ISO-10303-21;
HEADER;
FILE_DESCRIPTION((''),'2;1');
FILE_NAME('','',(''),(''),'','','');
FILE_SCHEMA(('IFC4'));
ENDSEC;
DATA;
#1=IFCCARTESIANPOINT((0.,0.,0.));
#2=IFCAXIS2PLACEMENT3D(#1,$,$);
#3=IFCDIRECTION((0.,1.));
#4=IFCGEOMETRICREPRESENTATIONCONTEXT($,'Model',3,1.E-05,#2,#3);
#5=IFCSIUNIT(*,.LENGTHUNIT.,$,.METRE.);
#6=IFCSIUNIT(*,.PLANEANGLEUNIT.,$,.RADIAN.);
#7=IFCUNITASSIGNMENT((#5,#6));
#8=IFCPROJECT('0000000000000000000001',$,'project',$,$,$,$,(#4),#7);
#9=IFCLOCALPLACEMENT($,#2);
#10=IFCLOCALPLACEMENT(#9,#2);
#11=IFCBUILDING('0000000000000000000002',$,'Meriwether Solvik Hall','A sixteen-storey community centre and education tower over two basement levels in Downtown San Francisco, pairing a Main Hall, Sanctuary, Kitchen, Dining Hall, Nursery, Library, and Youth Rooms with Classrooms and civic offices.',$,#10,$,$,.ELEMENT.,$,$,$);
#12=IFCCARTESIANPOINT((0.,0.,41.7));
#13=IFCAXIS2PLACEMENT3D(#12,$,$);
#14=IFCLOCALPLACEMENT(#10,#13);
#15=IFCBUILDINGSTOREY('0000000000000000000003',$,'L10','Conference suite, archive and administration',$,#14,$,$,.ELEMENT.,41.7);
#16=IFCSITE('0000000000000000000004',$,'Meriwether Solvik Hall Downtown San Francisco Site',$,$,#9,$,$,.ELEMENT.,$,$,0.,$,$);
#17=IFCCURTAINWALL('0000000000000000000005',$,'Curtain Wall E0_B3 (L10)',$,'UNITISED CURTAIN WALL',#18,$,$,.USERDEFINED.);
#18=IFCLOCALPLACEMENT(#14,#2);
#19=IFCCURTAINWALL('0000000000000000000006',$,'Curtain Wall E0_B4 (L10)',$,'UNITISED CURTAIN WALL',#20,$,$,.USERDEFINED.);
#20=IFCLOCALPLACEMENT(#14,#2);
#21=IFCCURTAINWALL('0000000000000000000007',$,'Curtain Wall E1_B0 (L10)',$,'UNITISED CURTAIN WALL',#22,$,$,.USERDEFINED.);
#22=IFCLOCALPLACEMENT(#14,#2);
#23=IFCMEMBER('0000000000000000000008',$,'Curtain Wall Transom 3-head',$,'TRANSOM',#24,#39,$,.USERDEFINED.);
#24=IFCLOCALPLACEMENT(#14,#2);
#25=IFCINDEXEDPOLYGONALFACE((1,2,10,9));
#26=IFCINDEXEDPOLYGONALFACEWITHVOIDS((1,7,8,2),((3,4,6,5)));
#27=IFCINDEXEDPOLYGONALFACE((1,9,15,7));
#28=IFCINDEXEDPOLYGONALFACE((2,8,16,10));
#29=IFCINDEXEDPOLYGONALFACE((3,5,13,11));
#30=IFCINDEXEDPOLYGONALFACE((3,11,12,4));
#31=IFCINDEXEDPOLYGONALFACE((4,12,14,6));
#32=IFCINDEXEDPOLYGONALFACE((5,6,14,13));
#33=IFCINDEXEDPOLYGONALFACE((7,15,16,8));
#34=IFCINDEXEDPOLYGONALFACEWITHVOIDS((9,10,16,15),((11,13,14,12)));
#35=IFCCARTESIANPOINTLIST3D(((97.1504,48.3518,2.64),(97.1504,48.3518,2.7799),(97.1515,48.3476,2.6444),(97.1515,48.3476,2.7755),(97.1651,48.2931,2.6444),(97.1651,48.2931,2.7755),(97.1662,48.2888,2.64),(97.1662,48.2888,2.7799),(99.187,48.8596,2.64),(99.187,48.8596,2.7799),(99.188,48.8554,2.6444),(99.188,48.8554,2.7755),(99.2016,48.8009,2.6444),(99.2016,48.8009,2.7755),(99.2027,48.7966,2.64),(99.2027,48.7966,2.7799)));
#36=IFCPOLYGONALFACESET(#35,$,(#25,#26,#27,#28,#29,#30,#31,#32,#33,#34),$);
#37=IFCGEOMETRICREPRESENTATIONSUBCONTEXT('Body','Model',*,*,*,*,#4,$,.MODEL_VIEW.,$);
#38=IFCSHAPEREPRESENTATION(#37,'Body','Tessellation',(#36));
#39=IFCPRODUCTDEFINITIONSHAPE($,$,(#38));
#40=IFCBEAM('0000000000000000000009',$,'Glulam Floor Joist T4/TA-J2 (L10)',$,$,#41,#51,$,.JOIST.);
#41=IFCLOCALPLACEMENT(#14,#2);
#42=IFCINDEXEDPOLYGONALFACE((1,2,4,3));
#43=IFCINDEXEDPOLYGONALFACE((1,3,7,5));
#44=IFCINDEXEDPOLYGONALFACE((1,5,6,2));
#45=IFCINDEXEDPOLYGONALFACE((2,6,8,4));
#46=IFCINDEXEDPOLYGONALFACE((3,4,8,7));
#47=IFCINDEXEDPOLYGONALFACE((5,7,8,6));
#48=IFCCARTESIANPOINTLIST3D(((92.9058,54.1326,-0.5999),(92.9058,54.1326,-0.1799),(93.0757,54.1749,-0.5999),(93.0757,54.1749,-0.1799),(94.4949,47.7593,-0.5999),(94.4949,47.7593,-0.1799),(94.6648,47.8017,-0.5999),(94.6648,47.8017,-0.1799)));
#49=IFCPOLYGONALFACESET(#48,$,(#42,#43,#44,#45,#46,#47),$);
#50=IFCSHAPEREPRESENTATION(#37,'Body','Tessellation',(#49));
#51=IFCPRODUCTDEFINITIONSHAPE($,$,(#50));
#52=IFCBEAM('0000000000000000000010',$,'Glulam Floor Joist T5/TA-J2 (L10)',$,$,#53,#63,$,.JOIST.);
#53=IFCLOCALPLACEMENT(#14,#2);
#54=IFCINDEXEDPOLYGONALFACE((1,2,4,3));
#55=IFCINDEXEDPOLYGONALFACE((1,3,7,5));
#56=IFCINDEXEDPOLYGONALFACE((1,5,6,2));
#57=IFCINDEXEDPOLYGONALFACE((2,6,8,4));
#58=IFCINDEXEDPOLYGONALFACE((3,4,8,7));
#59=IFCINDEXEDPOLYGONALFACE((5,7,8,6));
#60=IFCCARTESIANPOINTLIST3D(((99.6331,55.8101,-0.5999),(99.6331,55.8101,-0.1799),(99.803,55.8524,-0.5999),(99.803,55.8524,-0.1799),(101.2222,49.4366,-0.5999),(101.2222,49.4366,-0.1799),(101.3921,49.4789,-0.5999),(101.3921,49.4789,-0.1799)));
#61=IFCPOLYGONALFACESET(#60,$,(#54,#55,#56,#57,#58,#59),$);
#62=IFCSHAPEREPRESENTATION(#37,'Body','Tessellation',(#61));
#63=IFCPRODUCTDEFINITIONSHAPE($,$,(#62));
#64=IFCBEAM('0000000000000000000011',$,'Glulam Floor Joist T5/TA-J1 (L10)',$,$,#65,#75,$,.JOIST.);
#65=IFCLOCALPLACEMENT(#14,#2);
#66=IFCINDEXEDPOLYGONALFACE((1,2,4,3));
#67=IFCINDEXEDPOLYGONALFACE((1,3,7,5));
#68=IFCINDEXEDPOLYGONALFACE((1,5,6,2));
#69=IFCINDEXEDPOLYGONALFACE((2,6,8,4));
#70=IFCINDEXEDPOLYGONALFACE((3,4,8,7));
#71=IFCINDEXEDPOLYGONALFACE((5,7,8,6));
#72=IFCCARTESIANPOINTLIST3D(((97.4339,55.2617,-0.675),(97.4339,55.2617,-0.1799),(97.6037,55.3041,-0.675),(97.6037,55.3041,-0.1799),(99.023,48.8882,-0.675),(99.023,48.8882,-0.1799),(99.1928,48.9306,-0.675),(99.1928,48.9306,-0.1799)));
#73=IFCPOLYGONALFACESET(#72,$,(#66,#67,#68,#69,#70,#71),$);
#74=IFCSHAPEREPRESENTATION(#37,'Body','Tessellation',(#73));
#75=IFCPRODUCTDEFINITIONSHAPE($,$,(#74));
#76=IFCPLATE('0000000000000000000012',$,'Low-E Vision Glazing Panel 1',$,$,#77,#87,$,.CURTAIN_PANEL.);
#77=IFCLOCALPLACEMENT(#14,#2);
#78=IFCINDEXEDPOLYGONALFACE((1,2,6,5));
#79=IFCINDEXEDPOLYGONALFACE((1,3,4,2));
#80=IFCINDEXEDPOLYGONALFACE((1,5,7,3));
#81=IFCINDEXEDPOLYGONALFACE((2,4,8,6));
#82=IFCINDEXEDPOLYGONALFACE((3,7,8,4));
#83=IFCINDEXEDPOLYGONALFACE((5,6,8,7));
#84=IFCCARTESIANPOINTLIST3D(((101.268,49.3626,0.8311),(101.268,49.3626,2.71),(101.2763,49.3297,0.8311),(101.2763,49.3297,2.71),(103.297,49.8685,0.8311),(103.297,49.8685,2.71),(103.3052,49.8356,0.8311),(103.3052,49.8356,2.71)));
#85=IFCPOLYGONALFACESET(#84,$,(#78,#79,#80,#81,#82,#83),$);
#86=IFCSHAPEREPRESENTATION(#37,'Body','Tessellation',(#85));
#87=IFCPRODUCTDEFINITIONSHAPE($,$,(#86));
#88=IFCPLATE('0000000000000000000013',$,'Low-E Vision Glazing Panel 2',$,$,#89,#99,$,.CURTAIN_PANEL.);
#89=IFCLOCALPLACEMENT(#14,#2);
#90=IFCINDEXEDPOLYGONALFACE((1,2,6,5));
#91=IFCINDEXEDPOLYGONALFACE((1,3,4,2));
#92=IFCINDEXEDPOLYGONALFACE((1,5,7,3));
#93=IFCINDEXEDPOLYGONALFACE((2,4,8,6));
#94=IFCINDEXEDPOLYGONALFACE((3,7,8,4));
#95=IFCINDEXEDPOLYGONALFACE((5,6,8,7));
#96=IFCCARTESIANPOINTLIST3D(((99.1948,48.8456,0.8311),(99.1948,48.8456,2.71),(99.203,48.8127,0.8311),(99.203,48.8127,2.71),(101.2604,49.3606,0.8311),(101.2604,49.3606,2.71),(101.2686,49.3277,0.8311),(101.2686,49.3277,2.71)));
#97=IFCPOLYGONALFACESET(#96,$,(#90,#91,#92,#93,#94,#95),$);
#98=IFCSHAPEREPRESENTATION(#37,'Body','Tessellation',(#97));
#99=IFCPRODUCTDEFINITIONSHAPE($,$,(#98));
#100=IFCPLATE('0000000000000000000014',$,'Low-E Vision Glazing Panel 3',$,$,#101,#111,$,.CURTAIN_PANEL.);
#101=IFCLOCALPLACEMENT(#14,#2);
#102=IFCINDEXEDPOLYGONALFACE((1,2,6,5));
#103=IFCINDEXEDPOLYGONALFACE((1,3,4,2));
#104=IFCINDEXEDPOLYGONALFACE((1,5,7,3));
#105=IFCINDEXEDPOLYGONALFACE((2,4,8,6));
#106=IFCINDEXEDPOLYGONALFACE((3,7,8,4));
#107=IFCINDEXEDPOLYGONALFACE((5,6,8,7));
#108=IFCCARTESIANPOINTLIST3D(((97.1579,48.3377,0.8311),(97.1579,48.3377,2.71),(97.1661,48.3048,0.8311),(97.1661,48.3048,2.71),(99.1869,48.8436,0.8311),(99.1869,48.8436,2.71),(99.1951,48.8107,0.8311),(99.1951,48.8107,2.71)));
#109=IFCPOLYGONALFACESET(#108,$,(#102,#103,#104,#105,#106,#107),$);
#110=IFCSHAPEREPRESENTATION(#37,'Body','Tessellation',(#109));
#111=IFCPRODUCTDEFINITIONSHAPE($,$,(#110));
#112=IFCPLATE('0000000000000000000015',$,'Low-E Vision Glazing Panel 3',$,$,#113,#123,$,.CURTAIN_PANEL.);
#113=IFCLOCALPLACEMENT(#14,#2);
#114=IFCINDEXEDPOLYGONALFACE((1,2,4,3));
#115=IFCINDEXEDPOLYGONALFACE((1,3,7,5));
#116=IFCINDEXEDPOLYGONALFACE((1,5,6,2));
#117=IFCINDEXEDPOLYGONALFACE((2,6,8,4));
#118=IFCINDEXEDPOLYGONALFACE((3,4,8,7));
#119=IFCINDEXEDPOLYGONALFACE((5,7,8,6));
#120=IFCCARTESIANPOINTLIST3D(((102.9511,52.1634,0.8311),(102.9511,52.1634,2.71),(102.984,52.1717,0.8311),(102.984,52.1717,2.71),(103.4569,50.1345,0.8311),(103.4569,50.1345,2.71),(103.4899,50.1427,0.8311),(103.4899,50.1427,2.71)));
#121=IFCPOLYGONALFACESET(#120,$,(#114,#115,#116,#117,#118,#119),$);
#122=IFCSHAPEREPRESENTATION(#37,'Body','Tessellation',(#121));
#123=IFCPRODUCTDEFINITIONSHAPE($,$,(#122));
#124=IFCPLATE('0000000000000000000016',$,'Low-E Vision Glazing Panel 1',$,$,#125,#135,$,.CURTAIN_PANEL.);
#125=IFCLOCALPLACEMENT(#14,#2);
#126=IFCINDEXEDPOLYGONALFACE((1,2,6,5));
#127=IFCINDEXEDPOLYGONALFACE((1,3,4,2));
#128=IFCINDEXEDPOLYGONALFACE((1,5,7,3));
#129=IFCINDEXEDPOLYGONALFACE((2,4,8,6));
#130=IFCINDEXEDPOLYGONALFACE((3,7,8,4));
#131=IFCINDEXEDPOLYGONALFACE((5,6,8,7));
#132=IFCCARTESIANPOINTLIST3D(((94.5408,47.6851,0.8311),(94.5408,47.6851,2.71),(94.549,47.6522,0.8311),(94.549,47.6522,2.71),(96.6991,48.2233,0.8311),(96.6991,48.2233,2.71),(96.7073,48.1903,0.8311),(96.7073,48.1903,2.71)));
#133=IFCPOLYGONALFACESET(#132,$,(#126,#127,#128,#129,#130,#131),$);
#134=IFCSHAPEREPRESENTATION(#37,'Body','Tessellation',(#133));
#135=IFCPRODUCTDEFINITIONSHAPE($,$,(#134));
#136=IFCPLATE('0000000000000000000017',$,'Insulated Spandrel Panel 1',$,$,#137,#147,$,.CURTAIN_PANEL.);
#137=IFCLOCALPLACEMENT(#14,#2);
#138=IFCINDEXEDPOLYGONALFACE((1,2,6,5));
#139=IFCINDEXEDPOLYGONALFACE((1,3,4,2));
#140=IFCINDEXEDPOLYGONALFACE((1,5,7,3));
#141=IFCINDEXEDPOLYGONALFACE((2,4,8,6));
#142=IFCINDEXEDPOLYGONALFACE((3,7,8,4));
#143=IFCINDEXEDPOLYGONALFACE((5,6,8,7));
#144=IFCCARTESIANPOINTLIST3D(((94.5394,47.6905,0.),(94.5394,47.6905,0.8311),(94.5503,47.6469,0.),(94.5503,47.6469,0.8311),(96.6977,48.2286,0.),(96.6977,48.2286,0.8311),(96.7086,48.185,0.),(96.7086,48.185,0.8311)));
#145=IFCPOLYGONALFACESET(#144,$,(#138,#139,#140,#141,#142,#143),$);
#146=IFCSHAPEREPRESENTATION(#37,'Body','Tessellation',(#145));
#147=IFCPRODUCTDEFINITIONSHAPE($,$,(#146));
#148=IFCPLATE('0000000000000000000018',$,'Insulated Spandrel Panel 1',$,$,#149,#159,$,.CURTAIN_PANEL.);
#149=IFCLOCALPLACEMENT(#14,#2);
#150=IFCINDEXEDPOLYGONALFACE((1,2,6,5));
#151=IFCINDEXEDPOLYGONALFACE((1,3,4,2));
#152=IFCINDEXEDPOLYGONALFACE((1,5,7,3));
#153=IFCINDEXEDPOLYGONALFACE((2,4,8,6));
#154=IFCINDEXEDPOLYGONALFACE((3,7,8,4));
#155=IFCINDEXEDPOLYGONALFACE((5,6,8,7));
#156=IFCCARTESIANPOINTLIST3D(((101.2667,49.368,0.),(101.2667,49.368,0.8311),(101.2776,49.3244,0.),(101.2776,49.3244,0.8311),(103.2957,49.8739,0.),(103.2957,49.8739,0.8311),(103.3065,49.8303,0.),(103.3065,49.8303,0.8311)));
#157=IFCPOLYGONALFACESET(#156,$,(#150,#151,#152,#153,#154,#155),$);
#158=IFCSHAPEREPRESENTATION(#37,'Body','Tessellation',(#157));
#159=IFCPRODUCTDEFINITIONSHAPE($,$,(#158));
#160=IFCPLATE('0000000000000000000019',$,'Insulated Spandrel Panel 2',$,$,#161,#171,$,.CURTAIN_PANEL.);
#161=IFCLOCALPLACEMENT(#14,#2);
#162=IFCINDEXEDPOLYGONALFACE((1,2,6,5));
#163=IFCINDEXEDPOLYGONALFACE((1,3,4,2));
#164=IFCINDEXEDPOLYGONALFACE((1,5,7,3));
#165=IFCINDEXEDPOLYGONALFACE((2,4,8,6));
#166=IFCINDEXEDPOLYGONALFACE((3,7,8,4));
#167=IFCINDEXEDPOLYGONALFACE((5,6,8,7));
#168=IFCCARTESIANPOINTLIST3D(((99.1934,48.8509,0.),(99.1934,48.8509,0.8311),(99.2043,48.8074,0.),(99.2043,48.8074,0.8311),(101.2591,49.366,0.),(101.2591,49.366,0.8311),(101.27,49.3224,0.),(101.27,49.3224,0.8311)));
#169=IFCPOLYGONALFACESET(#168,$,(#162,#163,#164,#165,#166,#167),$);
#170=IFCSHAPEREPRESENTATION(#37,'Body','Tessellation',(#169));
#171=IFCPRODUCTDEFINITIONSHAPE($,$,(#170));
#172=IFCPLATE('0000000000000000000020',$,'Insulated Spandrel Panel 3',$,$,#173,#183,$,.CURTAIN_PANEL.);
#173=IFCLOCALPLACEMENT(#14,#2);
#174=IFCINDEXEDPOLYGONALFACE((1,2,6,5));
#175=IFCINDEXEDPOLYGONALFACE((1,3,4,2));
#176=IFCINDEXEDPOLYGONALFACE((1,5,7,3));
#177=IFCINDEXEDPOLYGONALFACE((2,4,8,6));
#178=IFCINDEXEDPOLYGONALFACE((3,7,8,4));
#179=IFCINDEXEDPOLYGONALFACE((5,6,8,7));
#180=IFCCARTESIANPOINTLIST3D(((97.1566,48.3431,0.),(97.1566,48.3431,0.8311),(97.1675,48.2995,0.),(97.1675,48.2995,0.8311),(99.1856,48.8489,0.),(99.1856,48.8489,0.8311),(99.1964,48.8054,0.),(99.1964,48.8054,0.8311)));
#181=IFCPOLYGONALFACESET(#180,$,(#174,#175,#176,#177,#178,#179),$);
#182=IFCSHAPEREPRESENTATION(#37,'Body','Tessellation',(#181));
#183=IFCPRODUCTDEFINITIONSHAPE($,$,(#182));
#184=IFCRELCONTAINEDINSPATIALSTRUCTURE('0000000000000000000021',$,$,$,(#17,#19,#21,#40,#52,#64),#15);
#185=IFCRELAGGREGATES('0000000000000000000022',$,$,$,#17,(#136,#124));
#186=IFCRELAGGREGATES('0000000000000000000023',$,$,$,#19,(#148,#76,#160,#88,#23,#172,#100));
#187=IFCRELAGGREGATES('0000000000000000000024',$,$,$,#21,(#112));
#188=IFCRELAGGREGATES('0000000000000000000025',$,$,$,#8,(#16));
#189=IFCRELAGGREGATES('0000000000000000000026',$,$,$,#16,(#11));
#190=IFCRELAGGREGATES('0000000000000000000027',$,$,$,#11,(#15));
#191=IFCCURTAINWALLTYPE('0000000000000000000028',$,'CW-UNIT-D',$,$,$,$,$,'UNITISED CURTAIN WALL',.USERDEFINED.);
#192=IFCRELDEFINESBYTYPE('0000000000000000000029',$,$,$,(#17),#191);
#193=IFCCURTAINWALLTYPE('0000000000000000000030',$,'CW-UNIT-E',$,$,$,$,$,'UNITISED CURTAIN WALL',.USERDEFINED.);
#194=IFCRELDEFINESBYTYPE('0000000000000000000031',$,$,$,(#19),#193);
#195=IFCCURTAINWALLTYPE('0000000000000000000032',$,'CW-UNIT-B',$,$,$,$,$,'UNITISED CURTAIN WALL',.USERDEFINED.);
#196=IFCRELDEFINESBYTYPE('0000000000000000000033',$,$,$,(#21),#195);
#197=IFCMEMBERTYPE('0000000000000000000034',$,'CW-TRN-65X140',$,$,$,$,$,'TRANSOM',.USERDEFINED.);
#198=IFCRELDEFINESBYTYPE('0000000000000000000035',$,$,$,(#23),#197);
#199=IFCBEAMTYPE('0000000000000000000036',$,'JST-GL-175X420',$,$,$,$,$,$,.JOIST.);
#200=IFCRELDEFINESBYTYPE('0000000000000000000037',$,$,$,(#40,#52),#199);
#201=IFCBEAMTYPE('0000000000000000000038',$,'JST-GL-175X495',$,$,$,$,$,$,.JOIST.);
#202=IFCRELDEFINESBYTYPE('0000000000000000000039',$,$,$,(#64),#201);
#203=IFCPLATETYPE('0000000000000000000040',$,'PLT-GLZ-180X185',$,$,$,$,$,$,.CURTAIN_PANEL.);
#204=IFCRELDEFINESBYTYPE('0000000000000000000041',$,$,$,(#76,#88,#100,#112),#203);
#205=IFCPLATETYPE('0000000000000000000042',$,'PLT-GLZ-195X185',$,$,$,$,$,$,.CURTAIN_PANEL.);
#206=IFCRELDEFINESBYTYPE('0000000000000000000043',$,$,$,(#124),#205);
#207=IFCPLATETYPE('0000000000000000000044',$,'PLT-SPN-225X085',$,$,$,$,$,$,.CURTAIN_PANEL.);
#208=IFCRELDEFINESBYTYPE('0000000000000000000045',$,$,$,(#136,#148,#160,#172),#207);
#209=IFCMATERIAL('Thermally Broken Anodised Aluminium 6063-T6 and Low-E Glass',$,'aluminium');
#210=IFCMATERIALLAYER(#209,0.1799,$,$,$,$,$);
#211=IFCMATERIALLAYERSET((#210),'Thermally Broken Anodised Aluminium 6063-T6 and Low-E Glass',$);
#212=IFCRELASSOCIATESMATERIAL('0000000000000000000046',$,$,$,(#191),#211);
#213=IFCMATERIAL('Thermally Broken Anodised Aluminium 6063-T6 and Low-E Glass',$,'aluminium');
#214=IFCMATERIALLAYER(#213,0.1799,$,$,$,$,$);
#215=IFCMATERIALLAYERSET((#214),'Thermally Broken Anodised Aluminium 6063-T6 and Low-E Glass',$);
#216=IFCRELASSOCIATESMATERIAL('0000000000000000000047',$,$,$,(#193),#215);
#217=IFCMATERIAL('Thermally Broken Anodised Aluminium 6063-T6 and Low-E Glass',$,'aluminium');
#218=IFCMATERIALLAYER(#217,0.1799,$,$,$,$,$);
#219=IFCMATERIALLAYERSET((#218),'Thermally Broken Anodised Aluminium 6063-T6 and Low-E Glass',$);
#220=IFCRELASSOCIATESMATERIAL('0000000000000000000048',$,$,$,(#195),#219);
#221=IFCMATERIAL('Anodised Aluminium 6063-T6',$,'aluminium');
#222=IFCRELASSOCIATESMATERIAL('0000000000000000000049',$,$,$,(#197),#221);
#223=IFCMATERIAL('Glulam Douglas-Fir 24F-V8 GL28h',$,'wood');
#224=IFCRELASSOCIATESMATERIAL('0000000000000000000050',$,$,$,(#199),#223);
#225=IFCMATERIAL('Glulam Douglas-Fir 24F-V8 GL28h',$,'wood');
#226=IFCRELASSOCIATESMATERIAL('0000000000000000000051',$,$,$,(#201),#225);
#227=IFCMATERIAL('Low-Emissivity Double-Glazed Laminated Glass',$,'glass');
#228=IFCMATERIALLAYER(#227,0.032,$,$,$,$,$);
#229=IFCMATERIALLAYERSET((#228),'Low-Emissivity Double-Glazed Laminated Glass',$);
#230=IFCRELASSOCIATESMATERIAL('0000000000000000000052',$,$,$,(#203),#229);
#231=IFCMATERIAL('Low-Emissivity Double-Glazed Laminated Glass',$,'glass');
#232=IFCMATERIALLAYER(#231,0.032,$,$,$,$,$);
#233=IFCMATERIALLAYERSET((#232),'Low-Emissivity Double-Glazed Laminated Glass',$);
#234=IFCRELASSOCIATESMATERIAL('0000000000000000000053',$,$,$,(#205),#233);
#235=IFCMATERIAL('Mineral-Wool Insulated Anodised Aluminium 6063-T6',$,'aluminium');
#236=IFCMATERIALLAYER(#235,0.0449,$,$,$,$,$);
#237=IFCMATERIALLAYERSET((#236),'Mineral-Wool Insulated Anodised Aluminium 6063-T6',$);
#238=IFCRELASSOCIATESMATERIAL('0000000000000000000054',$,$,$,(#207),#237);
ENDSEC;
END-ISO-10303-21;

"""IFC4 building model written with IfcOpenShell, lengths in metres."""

from ifc_helpers import new_model, si_unit, direction, frame, origin, origin_2d, place, context, subcontext, project, spatial, rectangle, hollow_rectangle, extrude, material, layer, layer_set, material_profile, profile_set, type_object, element, aggregate, save


model = new_model("IFC4")

# Units and contexts
model_context = context("Model", 3, precision=1e-05, world=origin(), true_north=direction((0.0, 1.0)))
body_context = subcontext(model_context, "Body", "Model", "MODEL_VIEW")
ifc_project = project(units=[si_unit("LENGTHUNIT", "METRE"), si_unit("PLANEANGLEUNIT", "RADIAN")], contexts=[model_context])

# Site, building, storey
site_placement = place(None, origin())
site = spatial("IfcSite", under=ifc_project, at=site_placement, Name="Meriwether Solvik Hall Downtown San Francisco Site", CompositionType="ELEMENT", RefElevation=0.0)
building_placement = place(site_placement, origin())
building = spatial("IfcBuilding", under=site, at=building_placement, Name="Meriwether Solvik Hall", Description="A sixteen-storey community centre and education tower over two basement levels in Downtown San Francisco, pairing a Main Hall, Sanctuary, Kitchen, Dining Hall, Nursery, Library, and Youth Rooms with Classrooms and civic offices.", CompositionType="ELEMENT")
storey_placement = place(building_placement, frame((0.0, 0.0, 41.7)))
storey = spatial("IfcBuildingStorey", under=building, at=storey_placement, Name="L10", Description="Conference suite, archive and administration", CompositionType="ELEMENT", Elevation=41.7)

# Curtain wall
ifc_material_1 = material(Name="Thermally Broken Anodised Aluminium 6063-T6 and Low-E Glass", Category="aluminium")
ifc_layer_1 = layer(ifc_material_1, 0.1799)
ifc_layer_set_1 = layer_set([ifc_layer_1], Name="Thermally Broken Anodised Aluminium 6063-T6 and Low-E Glass")
curtain_wall_type_1 = type_object("IfcCurtainWallType", Name="CW-UNIT-D", ElementType="UNITISED CURTAIN WALL", PredefinedType="USERDEFINED", material=ifc_layer_set_1)
curtain_wall_1_placement = place(storey_placement, origin())
curtain_wall_1 = element("IfcCurtainWall", 1, at=curtain_wall_1_placement, inside=storey, type_object=curtain_wall_type_1, Name="Curtain Wall E0_B3 (L10)", ObjectType="UNITISED CURTAIN WALL", PredefinedType="USERDEFINED")

# Curtain walls
ifc_material_2 = material(Name="Thermally Broken Anodised Aluminium 6063-T6 and Low-E Glass", Category="aluminium")
ifc_layer_2 = layer(ifc_material_2, 0.1799)
ifc_layer_set_2 = layer_set([ifc_layer_2], Name="Thermally Broken Anodised Aluminium 6063-T6 and Low-E Glass")
curtain_wall_type_2 = type_object("IfcCurtainWallType", Name="CW-UNIT-E", ElementType="UNITISED CURTAIN WALL", PredefinedType="USERDEFINED", material=ifc_layer_set_2)
curtain_wall_2_placement = place(storey_placement, origin())
curtain_wall_2 = element("IfcCurtainWall", 2, at=curtain_wall_2_placement, inside=storey, type_object=curtain_wall_type_2, Name="Curtain Wall E0_B4 (L10)", ObjectType="UNITISED CURTAIN WALL", PredefinedType="USERDEFINED")
ifc_material_3 = material(Name="Thermally Broken Anodised Aluminium 6063-T6 and Low-E Glass", Category="aluminium")
ifc_layer_3 = layer(ifc_material_3, 0.1799)
ifc_layer_set_3 = layer_set([ifc_layer_3], Name="Thermally Broken Anodised Aluminium 6063-T6 and Low-E Glass")
curtain_wall_type_3 = type_object("IfcCurtainWallType", Name="CW-UNIT-B", ElementType="UNITISED CURTAIN WALL", PredefinedType="USERDEFINED", material=ifc_layer_set_3)
curtain_wall_3_placement = place(storey_placement, origin())
curtain_wall_3 = element("IfcCurtainWall", 3, at=curtain_wall_3_placement, inside=storey, type_object=curtain_wall_type_3, Name="Curtain Wall E1_B0 (L10)", ObjectType="UNITISED CURTAIN WALL", PredefinedType="USERDEFINED")

# Member
ifc_material_4 = material(Name="Anodised Aluminium 6063-T6", Category="aluminium")
ifc_material_profile_1 = material_profile(ifc_material_4, hollow_rectangle(XDim=0.0649, YDim=0.1399, WallThickness=0.0044, at=origin_2d()), Name="CWT-65X140")
ifc_profile_set_1 = profile_set([ifc_material_profile_1], Name="Anodised Aluminium 6063-T6")
member_type_1 = type_object("IfcMemberType", Name="CW-TRN-65X140", ElementType="TRANSOM", PredefinedType="USERDEFINED", material=ifc_profile_set_1)
member_1_placement = place(storey_placement, frame((99.1948, 48.8281, 2.71), z_axis=(-0.970293, -0.241933, 0.0), x_axis=(0.241933, -0.970293, 0.0)))
member_1 = element("IfcMember", 4, at=member_1_placement, type_object=member_type_1, Name="Curtain Wall Transom 3-head", ObjectType="TRANSOM", PredefinedType="USERDEFINED", context=body_context, shape_type="SweptSolid", body=[
    extrude(hollow_rectangle(XDim=0.0649, YDim=0.1399, WallThickness=0.0044, at=origin_2d()), origin(), (0.0, 0.0, 1.0), 2.0989),
])

# Beams
ifc_material_5 = material(Name="Glulam Douglas-Fir 24F-V8 GL28h", Category="wood")
ifc_material_profile_2 = material_profile(ifc_material_5, rectangle(XDim=0.175, YDim=0.4199, at=origin_2d()), Name="GLJ-175X420")
ifc_profile_set_2 = profile_set([ifc_material_profile_2], Name="Glulam Douglas-Fir 24F-V8 GL28h")
beam_type_1 = type_object("IfcBeamType", Name="JST-GL-175X420", PredefinedType="JOIST", material=ifc_profile_set_2)
beam_1_placement = place(storey_placement, frame((94.5798, 47.7805, -0.3899), z_axis=(-0.241932, 0.970293, 0.0), x_axis=(-0.970293, -0.241932, 0.0)))
element("IfcBeam", 5, at=beam_1_placement, inside=storey, type_object=beam_type_1, Name="Glulam Floor Joist T4/TA-J2 (L10)", PredefinedType="JOIST", context=body_context, shape_type="SweptSolid", body=[
    extrude(rectangle(XDim=0.175, YDim=0.4199, at=origin_2d()), origin(), (0.0, 0.0, 1.0), 6.5684),
])
beam_2_placement = place(storey_placement, frame((101.3071, 49.4578, -0.3899), z_axis=(-0.241923, 0.970295, 0.0), x_axis=(-0.970295, -0.241923, 0.0)))
element("IfcBeam", 6, at=beam_2_placement, inside=storey, type_object=beam_type_1, Name="Glulam Floor Joist T5/TA-J2 (L10)", PredefinedType="JOIST", context=body_context, shape_type="SweptSolid", body=[
    extrude(rectangle(XDim=0.175, YDim=0.4199, at=origin_2d()), origin(), (0.0, 0.0, 1.0), 6.5686),
])
ifc_material_6 = material(Name="Glulam Douglas-Fir 24F-V8 GL28h", Category="wood")
ifc_material_profile_3 = material_profile(ifc_material_6, rectangle(XDim=0.175, YDim=0.4951, at=origin_2d()), Name="GLJ-175X495")
ifc_profile_set_3 = profile_set([ifc_material_profile_3], Name="Glulam Douglas-Fir 24F-V8 GL28h")
beam_type_2 = type_object("IfcBeamType", Name="JST-GL-175X495", PredefinedType="JOIST", material=ifc_profile_set_3)
beam_3_placement = place(storey_placement, frame((99.1079, 48.9094, -0.4275), z_axis=(-0.241923, 0.970295, 0.0), x_axis=(-0.970295, -0.241923, 0.0)))
element("IfcBeam", 7, at=beam_3_placement, inside=storey, type_object=beam_type_2, Name="Glulam Floor Joist T5/TA-J1 (L10)", PredefinedType="JOIST", context=body_context, shape_type="SweptSolid", body=[
    extrude(rectangle(XDim=0.175, YDim=0.4951, at=origin_2d()), origin(), (0.0, 0.0, 1.0), 6.5686),
])

# Plates
ifc_material_7 = material(Name="Low-Emissivity Double-Glazed Laminated Glass", Category="glass")
ifc_layer_4 = layer(ifc_material_7, 0.032)
ifc_layer_set_4 = layer_set([ifc_layer_4], Name="Low-Emissivity Double-Glazed Laminated Glass")
plate_type_1 = type_object("IfcPlateType", Name="PLT-GLZ-180X185", PredefinedType="CURTAIN_PANEL", material=ifc_layer_set_4)
plate_1_placement = place(storey_placement, frame((102.2866, 49.5991, 0.8311), z_axis=(0.0, 0.0, 1.0), x_axis=(-0.970296, -0.241922, 0.0)))
plate_1 = element("IfcPlate", 8, at=plate_1_placement, type_object=plate_type_1, Name="Low-E Vision Glazing Panel 1", PredefinedType="CURTAIN_PANEL", context=body_context, shape_type="SweptSolid", body=[
    extrude(rectangle(XDim=2.0911, YDim=0.0339, at=origin_2d()), origin(), (0.0, 0.0, 1.0), 1.8789),
])
plate_2_placement = place(storey_placement, frame((100.2317, 49.0867, 0.8311), z_axis=(0.0, 0.0, 1.0), x_axis=(-0.970296, -0.241922, 0.0)))
plate_2 = element("IfcPlate", 9, at=plate_2_placement, type_object=plate_type_1, Name="Low-E Vision Glazing Panel 2", PredefinedType="CURTAIN_PANEL", context=body_context, shape_type="SweptSolid", body=[
    extrude(rectangle(XDim=2.1289, YDim=0.0339, at=origin_2d()), origin(), (0.0, 0.0, 1.0), 1.8789),
])
plate_3_placement = place(storey_placement, frame((98.1765, 48.5742, 0.8311), z_axis=(0.0, 0.0, 1.0), x_axis=(-0.970296, -0.241922, 0.0)))
plate_3 = element("IfcPlate", 10, at=plate_3_placement, type_object=plate_type_1, Name="Low-E Vision Glazing Panel 3", PredefinedType="CURTAIN_PANEL", context=body_context, shape_type="SweptSolid", body=[
    extrude(rectangle(XDim=2.0911, YDim=0.0339, at=origin_2d()), origin(), (0.0, 0.0, 1.0), 1.8789),
])
plate_4_placement = place(storey_placement, frame((103.2205, 51.1531, 0.8311), z_axis=(0.0, 0.0, 1.0), x_axis=(0.241922, -0.970296, 0.0)))
plate_4 = element("IfcPlate", 11, at=plate_4_placement, type_object=plate_type_1, Name="Low-E Vision Glazing Panel 3", PredefinedType="CURTAIN_PANEL", context=body_context, shape_type="SweptSolid", body=[
    extrude(rectangle(XDim=2.0911, YDim=0.0339, at=origin_2d()), origin(), (0.0, 0.0, 1.0), 1.8789),
])
ifc_material_8 = material(Name="Low-Emissivity Double-Glazed Laminated Glass", Category="glass")
ifc_layer_5 = layer(ifc_material_8, 0.032)
ifc_layer_set_5 = layer_set([ifc_layer_5], Name="Low-Emissivity Double-Glazed Laminated Glass")
plate_type_2 = type_object("IfcPlateType", Name="PLT-GLZ-195X185", PredefinedType="CURTAIN_PANEL", material=ifc_layer_set_5)
plate_5_placement = place(storey_placement, frame((95.624, 47.9377, 0.8311), z_axis=(0.0, 0.0, 1.0), x_axis=(-0.970296, -0.241922, 0.0)))
plate_5 = element("IfcPlate", 12, at=plate_5_placement, type_object=plate_type_2, Name="Low-E Vision Glazing Panel 1", PredefinedType="CURTAIN_PANEL", context=body_context, shape_type="SweptSolid", body=[
    extrude(rectangle(XDim=2.2244, YDim=0.0339, at=origin_2d()), origin(), (0.0, 0.0, 1.0), 1.8789),
])
ifc_material_9 = material(Name="Mineral-Wool Insulated Anodised Aluminium 6063-T6", Category="aluminium")
ifc_layer_6 = layer(ifc_material_9, 0.0449)
ifc_layer_set_6 = layer_set([ifc_layer_6], Name="Mineral-Wool Insulated Anodised Aluminium 6063-T6")
plate_type_3 = type_object("IfcPlateType", Name="PLT-SPN-225X085", PredefinedType="CURTAIN_PANEL", material=ifc_layer_set_6)
plate_6_placement = place(storey_placement, frame((95.624, 47.9377, 0.0), z_axis=(0.0, 0.0, 1.0), x_axis=(-0.970296, -0.241922, 0.0)))
plate_6 = element("IfcPlate", 13, at=plate_6_placement, type_object=plate_type_3, Name="Insulated Spandrel Panel 1", PredefinedType="CURTAIN_PANEL", context=body_context, shape_type="SweptSolid", body=[
    extrude(rectangle(XDim=2.2244, YDim=0.0449, at=origin_2d()), origin(), (0.0, 0.0, 1.0), 0.8311),
])
aggregate(curtain_wall_1, [plate_6, plate_5])
plate_7_placement = place(storey_placement, frame((102.2866, 49.5991, 0.0), z_axis=(0.0, 0.0, 1.0), x_axis=(-0.970296, -0.241922, 0.0)))
plate_7 = element("IfcPlate", 14, at=plate_7_placement, type_object=plate_type_3, Name="Insulated Spandrel Panel 1", PredefinedType="CURTAIN_PANEL", context=body_context, shape_type="SweptSolid", body=[
    extrude(rectangle(XDim=2.0911, YDim=0.0449, at=origin_2d()), origin(), (0.0, 0.0, 1.0), 0.8311),
])
plate_8_placement = place(storey_placement, frame((100.2317, 49.0867, 0.0), z_axis=(0.0, 0.0, 1.0), x_axis=(-0.970296, -0.241922, 0.0)))
plate_8 = element("IfcPlate", 15, at=plate_8_placement, type_object=plate_type_3, Name="Insulated Spandrel Panel 2", PredefinedType="CURTAIN_PANEL", context=body_context, shape_type="SweptSolid", body=[
    extrude(rectangle(XDim=2.1289, YDim=0.0449, at=origin_2d()), origin(), (0.0, 0.0, 1.0), 0.8311),
])
plate_9_placement = place(storey_placement, frame((98.1765, 48.5742, 0.0), z_axis=(0.0, 0.0, 1.0), x_axis=(-0.970296, -0.241922, 0.0)))
plate_9 = element("IfcPlate", 16, at=plate_9_placement, type_object=plate_type_3, Name="Insulated Spandrel Panel 3", PredefinedType="CURTAIN_PANEL", context=body_context, shape_type="SweptSolid", body=[
    extrude(rectangle(XDim=2.0911, YDim=0.0449, at=origin_2d()), origin(), (0.0, 0.0, 1.0), 0.8311),
])
aggregate(curtain_wall_2, [plate_7, plate_1, plate_8, plate_2, member_1, plate_9, plate_3])
aggregate(curtain_wall_3, [plate_4])

save(model, "model.ifc")
